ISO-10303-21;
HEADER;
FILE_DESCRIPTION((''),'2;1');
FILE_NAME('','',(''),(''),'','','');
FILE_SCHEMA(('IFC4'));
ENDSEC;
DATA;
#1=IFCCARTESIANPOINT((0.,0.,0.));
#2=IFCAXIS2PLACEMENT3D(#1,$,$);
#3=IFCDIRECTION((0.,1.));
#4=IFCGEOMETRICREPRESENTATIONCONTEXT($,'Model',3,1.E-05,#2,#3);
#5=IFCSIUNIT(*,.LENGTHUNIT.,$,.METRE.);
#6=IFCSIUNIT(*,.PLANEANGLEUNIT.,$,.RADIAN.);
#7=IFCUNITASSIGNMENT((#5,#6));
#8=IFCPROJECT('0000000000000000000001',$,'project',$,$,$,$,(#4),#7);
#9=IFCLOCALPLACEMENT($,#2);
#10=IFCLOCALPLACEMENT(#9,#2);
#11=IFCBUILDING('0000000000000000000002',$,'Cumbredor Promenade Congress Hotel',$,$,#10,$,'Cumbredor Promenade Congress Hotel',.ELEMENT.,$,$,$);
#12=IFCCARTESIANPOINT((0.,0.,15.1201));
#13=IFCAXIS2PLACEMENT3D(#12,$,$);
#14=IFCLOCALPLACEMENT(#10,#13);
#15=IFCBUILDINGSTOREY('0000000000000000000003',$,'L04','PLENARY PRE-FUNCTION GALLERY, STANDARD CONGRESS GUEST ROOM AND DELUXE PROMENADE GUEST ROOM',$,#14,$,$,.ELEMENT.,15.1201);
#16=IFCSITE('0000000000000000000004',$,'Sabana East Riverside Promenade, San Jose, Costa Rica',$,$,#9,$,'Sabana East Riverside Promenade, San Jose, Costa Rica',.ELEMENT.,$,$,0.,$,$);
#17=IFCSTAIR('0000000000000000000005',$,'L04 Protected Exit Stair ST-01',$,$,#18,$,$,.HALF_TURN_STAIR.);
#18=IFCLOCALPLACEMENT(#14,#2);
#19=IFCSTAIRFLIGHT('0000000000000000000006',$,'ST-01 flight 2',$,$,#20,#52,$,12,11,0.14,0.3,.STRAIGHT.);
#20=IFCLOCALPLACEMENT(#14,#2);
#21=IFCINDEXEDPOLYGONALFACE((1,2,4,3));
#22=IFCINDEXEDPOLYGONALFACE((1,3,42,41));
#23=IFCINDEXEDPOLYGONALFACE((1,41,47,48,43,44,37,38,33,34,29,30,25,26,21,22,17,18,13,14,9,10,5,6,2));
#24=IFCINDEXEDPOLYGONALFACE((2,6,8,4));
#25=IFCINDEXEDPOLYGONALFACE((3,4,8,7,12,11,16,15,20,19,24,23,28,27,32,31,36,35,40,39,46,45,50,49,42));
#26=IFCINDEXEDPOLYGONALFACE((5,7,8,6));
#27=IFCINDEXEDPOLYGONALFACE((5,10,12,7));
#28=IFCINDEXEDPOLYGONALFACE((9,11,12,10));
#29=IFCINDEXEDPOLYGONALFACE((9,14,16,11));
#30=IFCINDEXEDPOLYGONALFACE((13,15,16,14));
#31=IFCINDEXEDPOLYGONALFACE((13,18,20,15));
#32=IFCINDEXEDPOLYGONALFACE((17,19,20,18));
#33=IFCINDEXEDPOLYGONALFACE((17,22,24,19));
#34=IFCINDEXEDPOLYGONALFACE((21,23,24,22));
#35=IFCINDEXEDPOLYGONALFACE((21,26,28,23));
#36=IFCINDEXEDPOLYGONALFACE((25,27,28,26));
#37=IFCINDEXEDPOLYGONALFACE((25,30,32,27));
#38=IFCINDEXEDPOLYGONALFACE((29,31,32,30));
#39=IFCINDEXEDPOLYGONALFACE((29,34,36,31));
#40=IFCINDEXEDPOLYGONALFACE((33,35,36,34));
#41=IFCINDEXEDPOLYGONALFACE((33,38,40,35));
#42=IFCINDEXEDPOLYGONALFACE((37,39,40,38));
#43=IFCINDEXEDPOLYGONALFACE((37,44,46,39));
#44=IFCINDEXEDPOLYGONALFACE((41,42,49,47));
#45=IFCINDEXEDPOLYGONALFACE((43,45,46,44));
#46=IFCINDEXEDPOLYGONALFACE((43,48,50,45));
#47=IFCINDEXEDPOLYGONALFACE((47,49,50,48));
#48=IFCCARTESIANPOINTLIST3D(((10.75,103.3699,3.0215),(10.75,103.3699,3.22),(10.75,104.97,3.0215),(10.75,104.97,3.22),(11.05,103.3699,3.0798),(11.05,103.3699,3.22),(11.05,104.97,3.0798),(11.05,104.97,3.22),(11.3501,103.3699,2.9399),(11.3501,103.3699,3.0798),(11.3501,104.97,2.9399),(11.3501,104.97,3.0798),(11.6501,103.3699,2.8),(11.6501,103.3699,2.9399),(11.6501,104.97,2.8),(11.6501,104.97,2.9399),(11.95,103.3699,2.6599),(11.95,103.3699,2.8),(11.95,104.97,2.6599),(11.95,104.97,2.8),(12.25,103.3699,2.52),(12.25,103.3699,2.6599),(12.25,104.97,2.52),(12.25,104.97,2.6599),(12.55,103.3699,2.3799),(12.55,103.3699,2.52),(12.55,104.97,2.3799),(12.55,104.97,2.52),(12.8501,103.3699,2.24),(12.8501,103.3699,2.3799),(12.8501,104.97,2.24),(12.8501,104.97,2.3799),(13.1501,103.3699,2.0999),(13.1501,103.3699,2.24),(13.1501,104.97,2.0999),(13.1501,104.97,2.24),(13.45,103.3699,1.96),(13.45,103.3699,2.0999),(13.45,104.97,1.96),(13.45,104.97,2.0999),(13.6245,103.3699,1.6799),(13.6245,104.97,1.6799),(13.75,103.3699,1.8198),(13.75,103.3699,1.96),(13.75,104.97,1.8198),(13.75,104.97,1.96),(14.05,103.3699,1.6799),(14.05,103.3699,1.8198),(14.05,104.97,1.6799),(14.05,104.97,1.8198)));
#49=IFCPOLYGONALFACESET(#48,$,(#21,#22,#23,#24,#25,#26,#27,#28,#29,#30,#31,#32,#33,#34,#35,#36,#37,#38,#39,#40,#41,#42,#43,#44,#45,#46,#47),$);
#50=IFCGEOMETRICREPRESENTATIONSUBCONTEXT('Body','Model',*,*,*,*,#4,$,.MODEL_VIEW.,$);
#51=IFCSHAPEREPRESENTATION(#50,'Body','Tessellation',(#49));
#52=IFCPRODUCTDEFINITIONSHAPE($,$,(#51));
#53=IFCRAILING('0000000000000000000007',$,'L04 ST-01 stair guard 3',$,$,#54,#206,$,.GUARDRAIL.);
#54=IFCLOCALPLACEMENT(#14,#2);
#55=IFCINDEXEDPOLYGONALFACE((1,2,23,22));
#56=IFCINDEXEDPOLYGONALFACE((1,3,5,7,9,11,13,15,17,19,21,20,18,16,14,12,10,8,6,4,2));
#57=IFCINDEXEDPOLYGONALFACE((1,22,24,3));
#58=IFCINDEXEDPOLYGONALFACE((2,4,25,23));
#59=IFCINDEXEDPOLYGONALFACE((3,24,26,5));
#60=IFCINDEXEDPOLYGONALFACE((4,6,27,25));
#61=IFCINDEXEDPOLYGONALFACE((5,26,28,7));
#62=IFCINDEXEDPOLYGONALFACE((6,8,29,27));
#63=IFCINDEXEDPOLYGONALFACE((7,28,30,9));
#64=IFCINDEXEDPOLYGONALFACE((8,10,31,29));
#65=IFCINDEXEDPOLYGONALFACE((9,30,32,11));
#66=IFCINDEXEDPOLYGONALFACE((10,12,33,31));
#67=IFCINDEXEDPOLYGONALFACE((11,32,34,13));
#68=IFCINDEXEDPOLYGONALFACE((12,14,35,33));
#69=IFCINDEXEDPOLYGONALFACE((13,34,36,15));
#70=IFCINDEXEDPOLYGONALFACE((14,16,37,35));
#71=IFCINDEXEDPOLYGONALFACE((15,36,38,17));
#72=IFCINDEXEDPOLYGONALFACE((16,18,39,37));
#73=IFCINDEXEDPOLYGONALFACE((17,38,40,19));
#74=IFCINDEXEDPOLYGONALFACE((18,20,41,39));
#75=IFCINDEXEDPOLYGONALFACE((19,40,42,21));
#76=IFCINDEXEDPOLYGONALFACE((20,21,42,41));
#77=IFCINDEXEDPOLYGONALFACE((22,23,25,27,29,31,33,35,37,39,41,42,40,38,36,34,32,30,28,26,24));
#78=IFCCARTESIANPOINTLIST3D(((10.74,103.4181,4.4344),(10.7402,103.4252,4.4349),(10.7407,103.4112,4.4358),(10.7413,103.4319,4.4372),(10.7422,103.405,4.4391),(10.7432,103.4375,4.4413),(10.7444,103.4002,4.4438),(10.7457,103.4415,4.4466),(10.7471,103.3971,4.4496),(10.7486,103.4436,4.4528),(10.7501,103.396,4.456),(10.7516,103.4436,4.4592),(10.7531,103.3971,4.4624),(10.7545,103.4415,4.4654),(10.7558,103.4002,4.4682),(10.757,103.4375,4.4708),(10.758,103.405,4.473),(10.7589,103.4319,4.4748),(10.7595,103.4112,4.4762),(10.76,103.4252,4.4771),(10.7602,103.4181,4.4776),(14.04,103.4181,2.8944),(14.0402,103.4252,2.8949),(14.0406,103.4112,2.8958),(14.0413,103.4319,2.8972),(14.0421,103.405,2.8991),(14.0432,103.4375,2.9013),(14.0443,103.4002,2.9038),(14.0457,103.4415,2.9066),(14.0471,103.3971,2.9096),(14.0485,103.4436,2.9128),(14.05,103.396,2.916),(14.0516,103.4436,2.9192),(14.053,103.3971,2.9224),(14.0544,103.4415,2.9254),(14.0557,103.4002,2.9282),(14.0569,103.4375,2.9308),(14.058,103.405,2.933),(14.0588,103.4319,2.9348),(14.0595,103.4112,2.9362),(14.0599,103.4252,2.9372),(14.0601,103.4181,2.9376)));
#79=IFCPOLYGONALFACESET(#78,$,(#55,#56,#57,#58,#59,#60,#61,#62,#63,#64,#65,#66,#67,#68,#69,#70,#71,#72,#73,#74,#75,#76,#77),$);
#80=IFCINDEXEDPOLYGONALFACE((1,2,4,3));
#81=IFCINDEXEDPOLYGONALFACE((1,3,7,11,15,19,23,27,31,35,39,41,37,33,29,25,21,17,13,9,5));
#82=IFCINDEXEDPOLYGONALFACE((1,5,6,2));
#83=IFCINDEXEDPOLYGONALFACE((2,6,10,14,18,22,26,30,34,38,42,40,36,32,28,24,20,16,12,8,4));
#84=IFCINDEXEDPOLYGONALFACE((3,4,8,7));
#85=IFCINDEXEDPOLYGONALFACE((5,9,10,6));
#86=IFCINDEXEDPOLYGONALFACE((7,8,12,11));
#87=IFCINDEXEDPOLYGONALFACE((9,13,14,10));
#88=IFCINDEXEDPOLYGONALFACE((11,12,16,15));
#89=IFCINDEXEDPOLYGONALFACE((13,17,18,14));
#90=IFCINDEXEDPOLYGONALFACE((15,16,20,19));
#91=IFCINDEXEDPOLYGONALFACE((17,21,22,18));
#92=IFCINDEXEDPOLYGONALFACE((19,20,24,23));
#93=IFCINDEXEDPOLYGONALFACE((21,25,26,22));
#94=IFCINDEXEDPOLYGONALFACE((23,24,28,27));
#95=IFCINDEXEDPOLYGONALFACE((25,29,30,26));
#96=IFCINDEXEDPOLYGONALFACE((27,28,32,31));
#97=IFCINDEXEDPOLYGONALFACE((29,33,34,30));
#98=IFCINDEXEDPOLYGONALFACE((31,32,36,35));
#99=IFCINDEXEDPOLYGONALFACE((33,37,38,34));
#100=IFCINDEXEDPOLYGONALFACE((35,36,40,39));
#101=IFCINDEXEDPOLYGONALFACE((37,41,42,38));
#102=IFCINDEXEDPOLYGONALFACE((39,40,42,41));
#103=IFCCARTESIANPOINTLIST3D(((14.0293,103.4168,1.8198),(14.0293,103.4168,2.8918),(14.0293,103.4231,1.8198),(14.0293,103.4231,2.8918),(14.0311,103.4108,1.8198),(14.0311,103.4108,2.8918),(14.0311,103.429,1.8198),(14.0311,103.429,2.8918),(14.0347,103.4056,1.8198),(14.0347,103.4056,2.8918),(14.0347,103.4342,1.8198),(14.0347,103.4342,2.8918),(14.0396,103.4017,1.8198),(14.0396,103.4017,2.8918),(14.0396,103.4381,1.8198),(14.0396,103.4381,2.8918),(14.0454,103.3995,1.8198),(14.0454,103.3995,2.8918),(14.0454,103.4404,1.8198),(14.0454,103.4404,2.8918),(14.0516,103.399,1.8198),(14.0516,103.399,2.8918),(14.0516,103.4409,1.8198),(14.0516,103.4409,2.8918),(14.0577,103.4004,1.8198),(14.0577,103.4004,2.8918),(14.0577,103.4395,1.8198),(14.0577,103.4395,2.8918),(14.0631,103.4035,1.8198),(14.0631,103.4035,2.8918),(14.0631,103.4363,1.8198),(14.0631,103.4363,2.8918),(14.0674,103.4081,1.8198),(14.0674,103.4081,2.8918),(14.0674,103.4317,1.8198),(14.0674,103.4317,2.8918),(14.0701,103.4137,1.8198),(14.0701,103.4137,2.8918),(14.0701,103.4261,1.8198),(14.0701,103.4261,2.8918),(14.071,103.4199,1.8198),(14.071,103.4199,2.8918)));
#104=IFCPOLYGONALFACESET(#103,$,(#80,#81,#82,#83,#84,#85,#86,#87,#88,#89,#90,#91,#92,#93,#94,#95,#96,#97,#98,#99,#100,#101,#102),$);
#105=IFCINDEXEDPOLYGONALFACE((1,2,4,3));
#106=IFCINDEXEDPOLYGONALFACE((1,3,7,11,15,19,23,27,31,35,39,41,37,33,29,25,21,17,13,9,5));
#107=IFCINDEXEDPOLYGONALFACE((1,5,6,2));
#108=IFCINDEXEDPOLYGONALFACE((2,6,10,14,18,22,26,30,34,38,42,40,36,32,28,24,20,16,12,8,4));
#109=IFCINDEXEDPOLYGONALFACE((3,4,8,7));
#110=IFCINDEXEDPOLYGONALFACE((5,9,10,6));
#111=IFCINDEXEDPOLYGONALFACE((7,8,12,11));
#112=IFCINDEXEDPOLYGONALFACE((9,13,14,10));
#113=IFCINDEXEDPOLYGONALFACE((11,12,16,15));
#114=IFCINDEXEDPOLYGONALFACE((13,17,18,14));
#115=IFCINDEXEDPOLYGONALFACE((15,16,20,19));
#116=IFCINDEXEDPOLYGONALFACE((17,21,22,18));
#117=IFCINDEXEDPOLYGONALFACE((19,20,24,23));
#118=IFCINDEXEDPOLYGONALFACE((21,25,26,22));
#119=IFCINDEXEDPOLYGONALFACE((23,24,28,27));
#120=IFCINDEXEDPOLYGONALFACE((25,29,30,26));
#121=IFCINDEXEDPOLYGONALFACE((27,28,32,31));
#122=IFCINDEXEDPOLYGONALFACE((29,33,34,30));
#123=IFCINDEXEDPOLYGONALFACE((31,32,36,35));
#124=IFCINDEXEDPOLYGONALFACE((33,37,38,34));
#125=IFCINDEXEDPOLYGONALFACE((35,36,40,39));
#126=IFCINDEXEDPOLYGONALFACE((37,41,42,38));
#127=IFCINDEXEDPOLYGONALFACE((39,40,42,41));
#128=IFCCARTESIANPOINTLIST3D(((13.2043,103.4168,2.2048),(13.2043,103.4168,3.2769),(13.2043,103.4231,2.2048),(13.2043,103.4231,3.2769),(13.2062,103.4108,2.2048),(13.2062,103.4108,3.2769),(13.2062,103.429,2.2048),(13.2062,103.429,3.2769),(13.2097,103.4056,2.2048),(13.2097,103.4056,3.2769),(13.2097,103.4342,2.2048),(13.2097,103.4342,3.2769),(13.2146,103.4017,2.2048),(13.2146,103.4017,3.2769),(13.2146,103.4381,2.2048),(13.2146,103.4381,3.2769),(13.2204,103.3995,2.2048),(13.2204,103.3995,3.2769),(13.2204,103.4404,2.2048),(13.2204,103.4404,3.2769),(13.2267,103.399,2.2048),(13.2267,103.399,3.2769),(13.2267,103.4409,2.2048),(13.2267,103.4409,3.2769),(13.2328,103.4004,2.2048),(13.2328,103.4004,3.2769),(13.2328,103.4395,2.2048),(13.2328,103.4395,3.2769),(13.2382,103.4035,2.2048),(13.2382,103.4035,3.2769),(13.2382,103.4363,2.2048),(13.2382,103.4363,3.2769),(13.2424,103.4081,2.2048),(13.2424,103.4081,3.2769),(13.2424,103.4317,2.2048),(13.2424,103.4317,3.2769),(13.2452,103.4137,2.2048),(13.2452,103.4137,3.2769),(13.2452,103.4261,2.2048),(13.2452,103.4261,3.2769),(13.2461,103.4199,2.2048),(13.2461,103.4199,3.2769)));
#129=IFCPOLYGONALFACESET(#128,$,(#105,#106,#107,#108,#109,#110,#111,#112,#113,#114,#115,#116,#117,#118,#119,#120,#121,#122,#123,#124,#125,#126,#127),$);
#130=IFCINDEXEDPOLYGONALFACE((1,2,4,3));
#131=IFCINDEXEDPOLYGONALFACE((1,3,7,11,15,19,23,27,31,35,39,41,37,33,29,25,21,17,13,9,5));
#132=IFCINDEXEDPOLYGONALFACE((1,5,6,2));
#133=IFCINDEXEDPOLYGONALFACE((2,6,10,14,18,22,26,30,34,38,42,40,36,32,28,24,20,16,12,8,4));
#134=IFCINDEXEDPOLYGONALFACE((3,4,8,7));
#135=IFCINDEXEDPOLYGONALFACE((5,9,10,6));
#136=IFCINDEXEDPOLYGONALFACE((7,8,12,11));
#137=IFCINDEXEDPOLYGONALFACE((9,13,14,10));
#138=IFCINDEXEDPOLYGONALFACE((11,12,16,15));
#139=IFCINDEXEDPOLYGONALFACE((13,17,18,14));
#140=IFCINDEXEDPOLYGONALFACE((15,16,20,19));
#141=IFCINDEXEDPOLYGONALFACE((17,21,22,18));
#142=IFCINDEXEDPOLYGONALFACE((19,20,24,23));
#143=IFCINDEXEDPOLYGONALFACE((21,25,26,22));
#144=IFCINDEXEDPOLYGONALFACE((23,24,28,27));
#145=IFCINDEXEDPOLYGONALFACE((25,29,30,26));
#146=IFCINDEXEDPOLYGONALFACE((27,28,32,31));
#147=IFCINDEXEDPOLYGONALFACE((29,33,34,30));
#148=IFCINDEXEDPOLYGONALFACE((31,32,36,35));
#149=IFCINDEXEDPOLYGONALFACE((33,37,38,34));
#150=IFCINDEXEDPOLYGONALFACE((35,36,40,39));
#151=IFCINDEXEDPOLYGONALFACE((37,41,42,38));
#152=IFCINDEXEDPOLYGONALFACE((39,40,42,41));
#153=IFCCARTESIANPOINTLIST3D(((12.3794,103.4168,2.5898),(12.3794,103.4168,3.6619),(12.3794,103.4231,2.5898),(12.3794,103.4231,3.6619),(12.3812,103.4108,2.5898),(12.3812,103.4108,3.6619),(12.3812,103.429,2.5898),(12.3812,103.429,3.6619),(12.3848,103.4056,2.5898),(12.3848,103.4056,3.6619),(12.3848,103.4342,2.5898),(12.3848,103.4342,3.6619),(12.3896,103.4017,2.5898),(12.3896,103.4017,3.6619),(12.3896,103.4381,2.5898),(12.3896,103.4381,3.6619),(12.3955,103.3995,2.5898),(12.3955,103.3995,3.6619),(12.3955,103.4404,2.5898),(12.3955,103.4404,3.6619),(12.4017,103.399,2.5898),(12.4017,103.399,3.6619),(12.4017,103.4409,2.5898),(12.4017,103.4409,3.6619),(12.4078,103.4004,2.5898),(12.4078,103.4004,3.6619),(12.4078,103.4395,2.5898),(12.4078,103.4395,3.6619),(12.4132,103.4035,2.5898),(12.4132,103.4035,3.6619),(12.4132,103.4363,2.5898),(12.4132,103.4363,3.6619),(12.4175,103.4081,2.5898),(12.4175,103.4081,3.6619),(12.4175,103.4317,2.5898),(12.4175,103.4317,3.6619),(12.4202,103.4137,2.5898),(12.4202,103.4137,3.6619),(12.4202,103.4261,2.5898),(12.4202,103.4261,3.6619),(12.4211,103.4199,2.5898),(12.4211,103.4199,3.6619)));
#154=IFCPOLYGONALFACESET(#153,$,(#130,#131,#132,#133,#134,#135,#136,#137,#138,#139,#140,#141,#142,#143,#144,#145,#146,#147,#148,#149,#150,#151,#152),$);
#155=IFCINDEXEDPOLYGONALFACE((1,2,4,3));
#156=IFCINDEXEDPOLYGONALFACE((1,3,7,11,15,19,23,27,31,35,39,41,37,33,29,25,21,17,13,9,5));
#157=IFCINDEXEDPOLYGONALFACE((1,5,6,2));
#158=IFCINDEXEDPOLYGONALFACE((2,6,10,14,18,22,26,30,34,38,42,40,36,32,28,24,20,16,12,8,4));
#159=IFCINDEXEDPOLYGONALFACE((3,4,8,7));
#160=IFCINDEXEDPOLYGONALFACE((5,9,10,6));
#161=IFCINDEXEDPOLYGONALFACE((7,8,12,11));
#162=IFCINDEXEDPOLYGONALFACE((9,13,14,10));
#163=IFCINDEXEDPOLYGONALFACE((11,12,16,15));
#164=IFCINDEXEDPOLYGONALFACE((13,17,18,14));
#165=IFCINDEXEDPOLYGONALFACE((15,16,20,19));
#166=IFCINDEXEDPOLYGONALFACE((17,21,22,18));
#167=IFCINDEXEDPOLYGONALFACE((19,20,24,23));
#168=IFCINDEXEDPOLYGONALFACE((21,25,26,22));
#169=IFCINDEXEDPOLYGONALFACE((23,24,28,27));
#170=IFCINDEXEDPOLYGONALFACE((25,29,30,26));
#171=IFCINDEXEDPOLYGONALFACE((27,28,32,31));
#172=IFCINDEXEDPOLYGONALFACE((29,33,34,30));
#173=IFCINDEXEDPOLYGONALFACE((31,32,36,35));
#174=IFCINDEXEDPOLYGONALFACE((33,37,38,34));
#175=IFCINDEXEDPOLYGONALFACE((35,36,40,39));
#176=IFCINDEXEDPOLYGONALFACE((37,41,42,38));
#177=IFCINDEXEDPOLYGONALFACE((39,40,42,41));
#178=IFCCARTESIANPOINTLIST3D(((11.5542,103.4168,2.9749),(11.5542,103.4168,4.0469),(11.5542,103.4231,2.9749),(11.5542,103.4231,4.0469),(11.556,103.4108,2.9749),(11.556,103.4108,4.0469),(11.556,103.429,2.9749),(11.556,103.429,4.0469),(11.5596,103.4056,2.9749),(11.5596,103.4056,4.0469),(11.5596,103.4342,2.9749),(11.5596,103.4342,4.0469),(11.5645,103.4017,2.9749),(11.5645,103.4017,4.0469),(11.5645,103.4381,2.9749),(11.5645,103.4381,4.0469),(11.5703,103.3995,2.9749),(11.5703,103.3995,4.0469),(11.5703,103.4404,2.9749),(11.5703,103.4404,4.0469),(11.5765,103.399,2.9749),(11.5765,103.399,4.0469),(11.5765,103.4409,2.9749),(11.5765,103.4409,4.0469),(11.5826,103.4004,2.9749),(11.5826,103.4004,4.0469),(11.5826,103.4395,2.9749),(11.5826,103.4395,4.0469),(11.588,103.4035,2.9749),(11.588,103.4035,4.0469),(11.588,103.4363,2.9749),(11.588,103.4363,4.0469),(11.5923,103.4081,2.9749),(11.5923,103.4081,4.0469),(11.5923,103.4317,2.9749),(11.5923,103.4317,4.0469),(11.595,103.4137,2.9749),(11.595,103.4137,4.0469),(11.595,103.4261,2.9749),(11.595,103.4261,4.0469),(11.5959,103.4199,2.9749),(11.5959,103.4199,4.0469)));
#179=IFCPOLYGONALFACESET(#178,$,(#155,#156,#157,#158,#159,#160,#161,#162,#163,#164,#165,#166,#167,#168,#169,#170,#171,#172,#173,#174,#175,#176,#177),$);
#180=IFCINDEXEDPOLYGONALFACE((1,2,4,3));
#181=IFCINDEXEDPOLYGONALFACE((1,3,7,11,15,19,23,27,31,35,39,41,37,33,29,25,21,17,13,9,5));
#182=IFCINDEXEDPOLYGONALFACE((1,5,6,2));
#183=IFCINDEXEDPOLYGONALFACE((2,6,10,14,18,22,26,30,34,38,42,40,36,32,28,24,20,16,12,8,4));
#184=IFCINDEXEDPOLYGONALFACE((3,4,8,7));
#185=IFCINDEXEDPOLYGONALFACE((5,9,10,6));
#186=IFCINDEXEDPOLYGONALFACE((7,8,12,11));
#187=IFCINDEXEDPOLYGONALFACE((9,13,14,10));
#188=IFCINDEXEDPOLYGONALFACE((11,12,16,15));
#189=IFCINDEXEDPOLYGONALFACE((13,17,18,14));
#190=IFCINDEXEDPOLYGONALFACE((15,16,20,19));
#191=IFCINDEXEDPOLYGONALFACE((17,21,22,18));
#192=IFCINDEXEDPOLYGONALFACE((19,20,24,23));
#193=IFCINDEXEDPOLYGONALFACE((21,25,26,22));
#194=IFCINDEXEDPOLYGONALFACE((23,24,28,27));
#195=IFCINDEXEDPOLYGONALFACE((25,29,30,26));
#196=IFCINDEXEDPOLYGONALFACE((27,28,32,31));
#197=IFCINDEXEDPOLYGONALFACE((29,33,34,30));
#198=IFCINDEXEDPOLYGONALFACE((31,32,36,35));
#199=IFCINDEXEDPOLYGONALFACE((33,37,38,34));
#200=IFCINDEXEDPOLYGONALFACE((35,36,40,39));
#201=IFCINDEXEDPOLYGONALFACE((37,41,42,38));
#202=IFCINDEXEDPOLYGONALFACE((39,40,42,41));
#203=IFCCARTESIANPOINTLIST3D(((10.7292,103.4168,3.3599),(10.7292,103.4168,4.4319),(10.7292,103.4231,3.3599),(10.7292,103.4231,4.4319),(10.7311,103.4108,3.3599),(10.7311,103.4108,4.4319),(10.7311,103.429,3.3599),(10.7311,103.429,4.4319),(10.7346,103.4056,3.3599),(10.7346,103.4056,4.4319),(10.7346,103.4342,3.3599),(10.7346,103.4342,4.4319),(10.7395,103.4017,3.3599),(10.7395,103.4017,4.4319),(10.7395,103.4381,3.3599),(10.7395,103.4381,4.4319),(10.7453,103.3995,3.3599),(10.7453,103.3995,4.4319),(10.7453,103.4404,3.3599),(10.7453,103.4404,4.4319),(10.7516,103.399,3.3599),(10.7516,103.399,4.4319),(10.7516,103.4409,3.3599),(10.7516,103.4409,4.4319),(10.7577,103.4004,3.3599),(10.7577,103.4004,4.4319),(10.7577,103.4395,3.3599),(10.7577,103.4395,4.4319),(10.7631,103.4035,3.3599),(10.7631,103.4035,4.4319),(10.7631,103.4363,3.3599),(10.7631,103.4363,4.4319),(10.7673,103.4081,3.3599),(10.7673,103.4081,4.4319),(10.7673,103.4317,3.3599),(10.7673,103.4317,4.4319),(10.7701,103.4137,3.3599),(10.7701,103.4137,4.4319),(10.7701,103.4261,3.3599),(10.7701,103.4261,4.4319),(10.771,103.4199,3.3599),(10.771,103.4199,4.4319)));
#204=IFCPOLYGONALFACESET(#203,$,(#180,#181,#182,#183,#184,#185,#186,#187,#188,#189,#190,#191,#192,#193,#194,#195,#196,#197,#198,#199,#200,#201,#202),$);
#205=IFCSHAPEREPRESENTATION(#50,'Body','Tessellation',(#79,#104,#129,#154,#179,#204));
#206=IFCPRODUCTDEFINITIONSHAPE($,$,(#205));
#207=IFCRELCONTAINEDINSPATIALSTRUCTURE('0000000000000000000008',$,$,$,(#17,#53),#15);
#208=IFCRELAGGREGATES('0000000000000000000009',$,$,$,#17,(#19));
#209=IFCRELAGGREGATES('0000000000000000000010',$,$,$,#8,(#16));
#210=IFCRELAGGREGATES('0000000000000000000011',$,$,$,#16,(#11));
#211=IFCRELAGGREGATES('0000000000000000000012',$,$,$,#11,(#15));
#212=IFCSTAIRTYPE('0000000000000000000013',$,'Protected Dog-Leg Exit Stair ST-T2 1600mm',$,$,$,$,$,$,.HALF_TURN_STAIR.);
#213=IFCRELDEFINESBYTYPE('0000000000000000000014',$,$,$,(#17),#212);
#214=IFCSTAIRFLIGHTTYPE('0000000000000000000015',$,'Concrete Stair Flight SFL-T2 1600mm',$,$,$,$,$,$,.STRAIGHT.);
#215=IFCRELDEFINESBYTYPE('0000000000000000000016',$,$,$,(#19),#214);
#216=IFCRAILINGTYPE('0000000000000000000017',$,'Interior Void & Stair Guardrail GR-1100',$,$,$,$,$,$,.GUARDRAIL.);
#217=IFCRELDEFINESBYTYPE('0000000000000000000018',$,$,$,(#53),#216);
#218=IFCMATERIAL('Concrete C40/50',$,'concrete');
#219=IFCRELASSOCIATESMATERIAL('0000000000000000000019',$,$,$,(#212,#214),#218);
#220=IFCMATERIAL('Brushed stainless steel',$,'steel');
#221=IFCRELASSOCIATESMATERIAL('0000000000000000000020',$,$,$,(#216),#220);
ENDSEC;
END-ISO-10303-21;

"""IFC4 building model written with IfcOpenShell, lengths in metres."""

from ifc_helpers import new_model, si_unit, direction, frame, origin, origin_2d, place, context, subcontext, project, spatial, polyline, circle, outline, extrude, material, type_object, element, aggregate, save


model = new_model("IFC4")

# Units and contexts
model_context = context("Model", 3, precision=1e-05, world=origin(), true_north=direction((0.0, 1.0)))
body_context = subcontext(model_context, "Body", "Model", "MODEL_VIEW")
ifc_project = project(units=[si_unit("LENGTHUNIT", "METRE"), si_unit("PLANEANGLEUNIT", "RADIAN")], contexts=[model_context])

# Site, building, storey
site_placement = place(None, origin())
site = spatial("IfcSite", under=ifc_project, at=site_placement, Name="Sabana East Riverside Promenade, San Jose, Costa Rica", LongName="Sabana East Riverside Promenade, San Jose, Costa Rica", CompositionType="ELEMENT", RefElevation=0.0)
building_placement = place(site_placement, origin())
building = spatial("IfcBuilding", under=site, at=building_placement, Name="Cumbredor Promenade Congress Hotel", LongName="Cumbredor Promenade Congress Hotel", CompositionType="ELEMENT")
storey_placement = place(building_placement, frame((0.0, 0.0, 15.1201)))
storey = spatial("IfcBuildingStorey", under=building, at=storey_placement, Name="L04", Description="PLENARY PRE-FUNCTION GALLERY, STANDARD CONGRESS GUEST ROOM AND DELUXE PROMENADE GUEST ROOM", CompositionType="ELEMENT", Elevation=15.1201)

# Shared definitions
ifc_material_1 = material(Name="Concrete C40/50", Category="concrete")

# Stair, stair flight
stair_type = type_object("IfcStairType", Name="Protected Dog-Leg Exit Stair ST-T2 1600mm", PredefinedType="HALF_TURN_STAIR", material=ifc_material_1)
stair_placement = place(storey_placement, origin())
stair = element("IfcStair", 1, at=stair_placement, inside=storey, type_object=stair_type, Name="L04 Protected Exit Stair ST-01", PredefinedType="HALF_TURN_STAIR")
stair_flight_type = type_object("IfcStairFlightType", Name="Concrete Stair Flight SFL-T2 1600mm", PredefinedType="STRAIGHT", material=ifc_material_1)
stair_flight_placement = place(storey_placement, frame((14.05, 104.1699, 1.6799), z_axis=(0.0, 0.0, 1.0), x_axis=(-1.0, 0.0, 0.0)))
stair_flight = element("IfcStairFlight", 2, at=stair_flight_placement, type_object=stair_flight_type, Name="ST-01 flight 2", NumberOfRisers=12, NumberOfTreads=11, PredefinedType="STRAIGHT", RiserHeight=0.14, TreadLength=0.3, context=body_context, shape_type="SweptSolid", body=[
    extrude(outline(polyline([(0.0, 0.0), (0.0, 0.1399), (0.3, 0.1399), (0.3, 0.28), (0.6001, 0.28), (0.6001, 0.4199), (0.8999, 0.4199), (0.8999, 0.5601), (1.2, 0.5601), (1.2, 0.7), (1.5, 0.7), (1.5, 0.8401), (1.8, 0.8401), (1.8, 0.98), (2.1001, 0.98), (2.1001, 1.1201), (2.3999, 1.1201), (2.3999, 1.26), (2.7, 1.26), (2.7, 1.3999), (3.0, 1.3999), (3.0, 1.54), (3.3, 1.54), (3.3, 1.6799), (3.3, 1.3416), (0.4255, 0.0), (0.0, 0.0)])), frame((0.0, 0.8, 0.0), z_axis=(0.0, -1.0, 0.0), x_axis=(1.0, 0.0, 0.0)), (0.0, 0.0, 1.0), 1.6001),
])
aggregate(stair, [stair_flight])

# Railing
ifc_material_2 = material(Name="Brushed stainless steel", Category="steel")
railing_type_1 = type_object("IfcRailingType", Name="Interior Void & Stair Guardrail GR-1100", PredefinedType="GUARDRAIL", material=ifc_material_2)
railing_1_placement = place(storey_placement, frame((14.05, 103.4199, 1.8198)))
element("IfcRailing", 3, at=railing_1_placement, inside=storey, type_object=railing_type_1, Name="L04 ST-01 stair guard 3", PredefinedType="GUARDRAIL", context=body_context, shape_type="SweptSolid", body=[
    extrude(circle(Radius=0.0239, at=origin_2d()), frame((0.0, 0.0, 1.0962), z_axis=(-0.906181, 0.0, 0.422889), x_axis=(0.0, -1.0, 0.0)), (0.0, 0.0, 1.0), 3.6416),
    extrude(circle(Radius=0.021, at=origin_2d()), origin(), (0.0, 0.0, 1.0), 1.072),
    extrude(circle(Radius=0.021, at=origin_2d()), frame((-0.825, 0.0, 0.385)), (0.0, 0.0, 1.0), 1.072),
    extrude(circle(Radius=0.021, at=origin_2d()), frame((-1.6499, 0.0, 0.77)), (0.0, 0.0, 1.0), 1.072),
    extrude(circle(Radius=0.021, at=origin_2d()), frame((-2.4751, 0.0, 1.155)), (0.0, 0.0, 1.0), 1.072),
    extrude(circle(Radius=0.021, at=origin_2d()), frame((-3.3, 0.0, 1.54)), (0.0, 0.0, 1.0), 1.072),
])

save(model, "model.ifc")
